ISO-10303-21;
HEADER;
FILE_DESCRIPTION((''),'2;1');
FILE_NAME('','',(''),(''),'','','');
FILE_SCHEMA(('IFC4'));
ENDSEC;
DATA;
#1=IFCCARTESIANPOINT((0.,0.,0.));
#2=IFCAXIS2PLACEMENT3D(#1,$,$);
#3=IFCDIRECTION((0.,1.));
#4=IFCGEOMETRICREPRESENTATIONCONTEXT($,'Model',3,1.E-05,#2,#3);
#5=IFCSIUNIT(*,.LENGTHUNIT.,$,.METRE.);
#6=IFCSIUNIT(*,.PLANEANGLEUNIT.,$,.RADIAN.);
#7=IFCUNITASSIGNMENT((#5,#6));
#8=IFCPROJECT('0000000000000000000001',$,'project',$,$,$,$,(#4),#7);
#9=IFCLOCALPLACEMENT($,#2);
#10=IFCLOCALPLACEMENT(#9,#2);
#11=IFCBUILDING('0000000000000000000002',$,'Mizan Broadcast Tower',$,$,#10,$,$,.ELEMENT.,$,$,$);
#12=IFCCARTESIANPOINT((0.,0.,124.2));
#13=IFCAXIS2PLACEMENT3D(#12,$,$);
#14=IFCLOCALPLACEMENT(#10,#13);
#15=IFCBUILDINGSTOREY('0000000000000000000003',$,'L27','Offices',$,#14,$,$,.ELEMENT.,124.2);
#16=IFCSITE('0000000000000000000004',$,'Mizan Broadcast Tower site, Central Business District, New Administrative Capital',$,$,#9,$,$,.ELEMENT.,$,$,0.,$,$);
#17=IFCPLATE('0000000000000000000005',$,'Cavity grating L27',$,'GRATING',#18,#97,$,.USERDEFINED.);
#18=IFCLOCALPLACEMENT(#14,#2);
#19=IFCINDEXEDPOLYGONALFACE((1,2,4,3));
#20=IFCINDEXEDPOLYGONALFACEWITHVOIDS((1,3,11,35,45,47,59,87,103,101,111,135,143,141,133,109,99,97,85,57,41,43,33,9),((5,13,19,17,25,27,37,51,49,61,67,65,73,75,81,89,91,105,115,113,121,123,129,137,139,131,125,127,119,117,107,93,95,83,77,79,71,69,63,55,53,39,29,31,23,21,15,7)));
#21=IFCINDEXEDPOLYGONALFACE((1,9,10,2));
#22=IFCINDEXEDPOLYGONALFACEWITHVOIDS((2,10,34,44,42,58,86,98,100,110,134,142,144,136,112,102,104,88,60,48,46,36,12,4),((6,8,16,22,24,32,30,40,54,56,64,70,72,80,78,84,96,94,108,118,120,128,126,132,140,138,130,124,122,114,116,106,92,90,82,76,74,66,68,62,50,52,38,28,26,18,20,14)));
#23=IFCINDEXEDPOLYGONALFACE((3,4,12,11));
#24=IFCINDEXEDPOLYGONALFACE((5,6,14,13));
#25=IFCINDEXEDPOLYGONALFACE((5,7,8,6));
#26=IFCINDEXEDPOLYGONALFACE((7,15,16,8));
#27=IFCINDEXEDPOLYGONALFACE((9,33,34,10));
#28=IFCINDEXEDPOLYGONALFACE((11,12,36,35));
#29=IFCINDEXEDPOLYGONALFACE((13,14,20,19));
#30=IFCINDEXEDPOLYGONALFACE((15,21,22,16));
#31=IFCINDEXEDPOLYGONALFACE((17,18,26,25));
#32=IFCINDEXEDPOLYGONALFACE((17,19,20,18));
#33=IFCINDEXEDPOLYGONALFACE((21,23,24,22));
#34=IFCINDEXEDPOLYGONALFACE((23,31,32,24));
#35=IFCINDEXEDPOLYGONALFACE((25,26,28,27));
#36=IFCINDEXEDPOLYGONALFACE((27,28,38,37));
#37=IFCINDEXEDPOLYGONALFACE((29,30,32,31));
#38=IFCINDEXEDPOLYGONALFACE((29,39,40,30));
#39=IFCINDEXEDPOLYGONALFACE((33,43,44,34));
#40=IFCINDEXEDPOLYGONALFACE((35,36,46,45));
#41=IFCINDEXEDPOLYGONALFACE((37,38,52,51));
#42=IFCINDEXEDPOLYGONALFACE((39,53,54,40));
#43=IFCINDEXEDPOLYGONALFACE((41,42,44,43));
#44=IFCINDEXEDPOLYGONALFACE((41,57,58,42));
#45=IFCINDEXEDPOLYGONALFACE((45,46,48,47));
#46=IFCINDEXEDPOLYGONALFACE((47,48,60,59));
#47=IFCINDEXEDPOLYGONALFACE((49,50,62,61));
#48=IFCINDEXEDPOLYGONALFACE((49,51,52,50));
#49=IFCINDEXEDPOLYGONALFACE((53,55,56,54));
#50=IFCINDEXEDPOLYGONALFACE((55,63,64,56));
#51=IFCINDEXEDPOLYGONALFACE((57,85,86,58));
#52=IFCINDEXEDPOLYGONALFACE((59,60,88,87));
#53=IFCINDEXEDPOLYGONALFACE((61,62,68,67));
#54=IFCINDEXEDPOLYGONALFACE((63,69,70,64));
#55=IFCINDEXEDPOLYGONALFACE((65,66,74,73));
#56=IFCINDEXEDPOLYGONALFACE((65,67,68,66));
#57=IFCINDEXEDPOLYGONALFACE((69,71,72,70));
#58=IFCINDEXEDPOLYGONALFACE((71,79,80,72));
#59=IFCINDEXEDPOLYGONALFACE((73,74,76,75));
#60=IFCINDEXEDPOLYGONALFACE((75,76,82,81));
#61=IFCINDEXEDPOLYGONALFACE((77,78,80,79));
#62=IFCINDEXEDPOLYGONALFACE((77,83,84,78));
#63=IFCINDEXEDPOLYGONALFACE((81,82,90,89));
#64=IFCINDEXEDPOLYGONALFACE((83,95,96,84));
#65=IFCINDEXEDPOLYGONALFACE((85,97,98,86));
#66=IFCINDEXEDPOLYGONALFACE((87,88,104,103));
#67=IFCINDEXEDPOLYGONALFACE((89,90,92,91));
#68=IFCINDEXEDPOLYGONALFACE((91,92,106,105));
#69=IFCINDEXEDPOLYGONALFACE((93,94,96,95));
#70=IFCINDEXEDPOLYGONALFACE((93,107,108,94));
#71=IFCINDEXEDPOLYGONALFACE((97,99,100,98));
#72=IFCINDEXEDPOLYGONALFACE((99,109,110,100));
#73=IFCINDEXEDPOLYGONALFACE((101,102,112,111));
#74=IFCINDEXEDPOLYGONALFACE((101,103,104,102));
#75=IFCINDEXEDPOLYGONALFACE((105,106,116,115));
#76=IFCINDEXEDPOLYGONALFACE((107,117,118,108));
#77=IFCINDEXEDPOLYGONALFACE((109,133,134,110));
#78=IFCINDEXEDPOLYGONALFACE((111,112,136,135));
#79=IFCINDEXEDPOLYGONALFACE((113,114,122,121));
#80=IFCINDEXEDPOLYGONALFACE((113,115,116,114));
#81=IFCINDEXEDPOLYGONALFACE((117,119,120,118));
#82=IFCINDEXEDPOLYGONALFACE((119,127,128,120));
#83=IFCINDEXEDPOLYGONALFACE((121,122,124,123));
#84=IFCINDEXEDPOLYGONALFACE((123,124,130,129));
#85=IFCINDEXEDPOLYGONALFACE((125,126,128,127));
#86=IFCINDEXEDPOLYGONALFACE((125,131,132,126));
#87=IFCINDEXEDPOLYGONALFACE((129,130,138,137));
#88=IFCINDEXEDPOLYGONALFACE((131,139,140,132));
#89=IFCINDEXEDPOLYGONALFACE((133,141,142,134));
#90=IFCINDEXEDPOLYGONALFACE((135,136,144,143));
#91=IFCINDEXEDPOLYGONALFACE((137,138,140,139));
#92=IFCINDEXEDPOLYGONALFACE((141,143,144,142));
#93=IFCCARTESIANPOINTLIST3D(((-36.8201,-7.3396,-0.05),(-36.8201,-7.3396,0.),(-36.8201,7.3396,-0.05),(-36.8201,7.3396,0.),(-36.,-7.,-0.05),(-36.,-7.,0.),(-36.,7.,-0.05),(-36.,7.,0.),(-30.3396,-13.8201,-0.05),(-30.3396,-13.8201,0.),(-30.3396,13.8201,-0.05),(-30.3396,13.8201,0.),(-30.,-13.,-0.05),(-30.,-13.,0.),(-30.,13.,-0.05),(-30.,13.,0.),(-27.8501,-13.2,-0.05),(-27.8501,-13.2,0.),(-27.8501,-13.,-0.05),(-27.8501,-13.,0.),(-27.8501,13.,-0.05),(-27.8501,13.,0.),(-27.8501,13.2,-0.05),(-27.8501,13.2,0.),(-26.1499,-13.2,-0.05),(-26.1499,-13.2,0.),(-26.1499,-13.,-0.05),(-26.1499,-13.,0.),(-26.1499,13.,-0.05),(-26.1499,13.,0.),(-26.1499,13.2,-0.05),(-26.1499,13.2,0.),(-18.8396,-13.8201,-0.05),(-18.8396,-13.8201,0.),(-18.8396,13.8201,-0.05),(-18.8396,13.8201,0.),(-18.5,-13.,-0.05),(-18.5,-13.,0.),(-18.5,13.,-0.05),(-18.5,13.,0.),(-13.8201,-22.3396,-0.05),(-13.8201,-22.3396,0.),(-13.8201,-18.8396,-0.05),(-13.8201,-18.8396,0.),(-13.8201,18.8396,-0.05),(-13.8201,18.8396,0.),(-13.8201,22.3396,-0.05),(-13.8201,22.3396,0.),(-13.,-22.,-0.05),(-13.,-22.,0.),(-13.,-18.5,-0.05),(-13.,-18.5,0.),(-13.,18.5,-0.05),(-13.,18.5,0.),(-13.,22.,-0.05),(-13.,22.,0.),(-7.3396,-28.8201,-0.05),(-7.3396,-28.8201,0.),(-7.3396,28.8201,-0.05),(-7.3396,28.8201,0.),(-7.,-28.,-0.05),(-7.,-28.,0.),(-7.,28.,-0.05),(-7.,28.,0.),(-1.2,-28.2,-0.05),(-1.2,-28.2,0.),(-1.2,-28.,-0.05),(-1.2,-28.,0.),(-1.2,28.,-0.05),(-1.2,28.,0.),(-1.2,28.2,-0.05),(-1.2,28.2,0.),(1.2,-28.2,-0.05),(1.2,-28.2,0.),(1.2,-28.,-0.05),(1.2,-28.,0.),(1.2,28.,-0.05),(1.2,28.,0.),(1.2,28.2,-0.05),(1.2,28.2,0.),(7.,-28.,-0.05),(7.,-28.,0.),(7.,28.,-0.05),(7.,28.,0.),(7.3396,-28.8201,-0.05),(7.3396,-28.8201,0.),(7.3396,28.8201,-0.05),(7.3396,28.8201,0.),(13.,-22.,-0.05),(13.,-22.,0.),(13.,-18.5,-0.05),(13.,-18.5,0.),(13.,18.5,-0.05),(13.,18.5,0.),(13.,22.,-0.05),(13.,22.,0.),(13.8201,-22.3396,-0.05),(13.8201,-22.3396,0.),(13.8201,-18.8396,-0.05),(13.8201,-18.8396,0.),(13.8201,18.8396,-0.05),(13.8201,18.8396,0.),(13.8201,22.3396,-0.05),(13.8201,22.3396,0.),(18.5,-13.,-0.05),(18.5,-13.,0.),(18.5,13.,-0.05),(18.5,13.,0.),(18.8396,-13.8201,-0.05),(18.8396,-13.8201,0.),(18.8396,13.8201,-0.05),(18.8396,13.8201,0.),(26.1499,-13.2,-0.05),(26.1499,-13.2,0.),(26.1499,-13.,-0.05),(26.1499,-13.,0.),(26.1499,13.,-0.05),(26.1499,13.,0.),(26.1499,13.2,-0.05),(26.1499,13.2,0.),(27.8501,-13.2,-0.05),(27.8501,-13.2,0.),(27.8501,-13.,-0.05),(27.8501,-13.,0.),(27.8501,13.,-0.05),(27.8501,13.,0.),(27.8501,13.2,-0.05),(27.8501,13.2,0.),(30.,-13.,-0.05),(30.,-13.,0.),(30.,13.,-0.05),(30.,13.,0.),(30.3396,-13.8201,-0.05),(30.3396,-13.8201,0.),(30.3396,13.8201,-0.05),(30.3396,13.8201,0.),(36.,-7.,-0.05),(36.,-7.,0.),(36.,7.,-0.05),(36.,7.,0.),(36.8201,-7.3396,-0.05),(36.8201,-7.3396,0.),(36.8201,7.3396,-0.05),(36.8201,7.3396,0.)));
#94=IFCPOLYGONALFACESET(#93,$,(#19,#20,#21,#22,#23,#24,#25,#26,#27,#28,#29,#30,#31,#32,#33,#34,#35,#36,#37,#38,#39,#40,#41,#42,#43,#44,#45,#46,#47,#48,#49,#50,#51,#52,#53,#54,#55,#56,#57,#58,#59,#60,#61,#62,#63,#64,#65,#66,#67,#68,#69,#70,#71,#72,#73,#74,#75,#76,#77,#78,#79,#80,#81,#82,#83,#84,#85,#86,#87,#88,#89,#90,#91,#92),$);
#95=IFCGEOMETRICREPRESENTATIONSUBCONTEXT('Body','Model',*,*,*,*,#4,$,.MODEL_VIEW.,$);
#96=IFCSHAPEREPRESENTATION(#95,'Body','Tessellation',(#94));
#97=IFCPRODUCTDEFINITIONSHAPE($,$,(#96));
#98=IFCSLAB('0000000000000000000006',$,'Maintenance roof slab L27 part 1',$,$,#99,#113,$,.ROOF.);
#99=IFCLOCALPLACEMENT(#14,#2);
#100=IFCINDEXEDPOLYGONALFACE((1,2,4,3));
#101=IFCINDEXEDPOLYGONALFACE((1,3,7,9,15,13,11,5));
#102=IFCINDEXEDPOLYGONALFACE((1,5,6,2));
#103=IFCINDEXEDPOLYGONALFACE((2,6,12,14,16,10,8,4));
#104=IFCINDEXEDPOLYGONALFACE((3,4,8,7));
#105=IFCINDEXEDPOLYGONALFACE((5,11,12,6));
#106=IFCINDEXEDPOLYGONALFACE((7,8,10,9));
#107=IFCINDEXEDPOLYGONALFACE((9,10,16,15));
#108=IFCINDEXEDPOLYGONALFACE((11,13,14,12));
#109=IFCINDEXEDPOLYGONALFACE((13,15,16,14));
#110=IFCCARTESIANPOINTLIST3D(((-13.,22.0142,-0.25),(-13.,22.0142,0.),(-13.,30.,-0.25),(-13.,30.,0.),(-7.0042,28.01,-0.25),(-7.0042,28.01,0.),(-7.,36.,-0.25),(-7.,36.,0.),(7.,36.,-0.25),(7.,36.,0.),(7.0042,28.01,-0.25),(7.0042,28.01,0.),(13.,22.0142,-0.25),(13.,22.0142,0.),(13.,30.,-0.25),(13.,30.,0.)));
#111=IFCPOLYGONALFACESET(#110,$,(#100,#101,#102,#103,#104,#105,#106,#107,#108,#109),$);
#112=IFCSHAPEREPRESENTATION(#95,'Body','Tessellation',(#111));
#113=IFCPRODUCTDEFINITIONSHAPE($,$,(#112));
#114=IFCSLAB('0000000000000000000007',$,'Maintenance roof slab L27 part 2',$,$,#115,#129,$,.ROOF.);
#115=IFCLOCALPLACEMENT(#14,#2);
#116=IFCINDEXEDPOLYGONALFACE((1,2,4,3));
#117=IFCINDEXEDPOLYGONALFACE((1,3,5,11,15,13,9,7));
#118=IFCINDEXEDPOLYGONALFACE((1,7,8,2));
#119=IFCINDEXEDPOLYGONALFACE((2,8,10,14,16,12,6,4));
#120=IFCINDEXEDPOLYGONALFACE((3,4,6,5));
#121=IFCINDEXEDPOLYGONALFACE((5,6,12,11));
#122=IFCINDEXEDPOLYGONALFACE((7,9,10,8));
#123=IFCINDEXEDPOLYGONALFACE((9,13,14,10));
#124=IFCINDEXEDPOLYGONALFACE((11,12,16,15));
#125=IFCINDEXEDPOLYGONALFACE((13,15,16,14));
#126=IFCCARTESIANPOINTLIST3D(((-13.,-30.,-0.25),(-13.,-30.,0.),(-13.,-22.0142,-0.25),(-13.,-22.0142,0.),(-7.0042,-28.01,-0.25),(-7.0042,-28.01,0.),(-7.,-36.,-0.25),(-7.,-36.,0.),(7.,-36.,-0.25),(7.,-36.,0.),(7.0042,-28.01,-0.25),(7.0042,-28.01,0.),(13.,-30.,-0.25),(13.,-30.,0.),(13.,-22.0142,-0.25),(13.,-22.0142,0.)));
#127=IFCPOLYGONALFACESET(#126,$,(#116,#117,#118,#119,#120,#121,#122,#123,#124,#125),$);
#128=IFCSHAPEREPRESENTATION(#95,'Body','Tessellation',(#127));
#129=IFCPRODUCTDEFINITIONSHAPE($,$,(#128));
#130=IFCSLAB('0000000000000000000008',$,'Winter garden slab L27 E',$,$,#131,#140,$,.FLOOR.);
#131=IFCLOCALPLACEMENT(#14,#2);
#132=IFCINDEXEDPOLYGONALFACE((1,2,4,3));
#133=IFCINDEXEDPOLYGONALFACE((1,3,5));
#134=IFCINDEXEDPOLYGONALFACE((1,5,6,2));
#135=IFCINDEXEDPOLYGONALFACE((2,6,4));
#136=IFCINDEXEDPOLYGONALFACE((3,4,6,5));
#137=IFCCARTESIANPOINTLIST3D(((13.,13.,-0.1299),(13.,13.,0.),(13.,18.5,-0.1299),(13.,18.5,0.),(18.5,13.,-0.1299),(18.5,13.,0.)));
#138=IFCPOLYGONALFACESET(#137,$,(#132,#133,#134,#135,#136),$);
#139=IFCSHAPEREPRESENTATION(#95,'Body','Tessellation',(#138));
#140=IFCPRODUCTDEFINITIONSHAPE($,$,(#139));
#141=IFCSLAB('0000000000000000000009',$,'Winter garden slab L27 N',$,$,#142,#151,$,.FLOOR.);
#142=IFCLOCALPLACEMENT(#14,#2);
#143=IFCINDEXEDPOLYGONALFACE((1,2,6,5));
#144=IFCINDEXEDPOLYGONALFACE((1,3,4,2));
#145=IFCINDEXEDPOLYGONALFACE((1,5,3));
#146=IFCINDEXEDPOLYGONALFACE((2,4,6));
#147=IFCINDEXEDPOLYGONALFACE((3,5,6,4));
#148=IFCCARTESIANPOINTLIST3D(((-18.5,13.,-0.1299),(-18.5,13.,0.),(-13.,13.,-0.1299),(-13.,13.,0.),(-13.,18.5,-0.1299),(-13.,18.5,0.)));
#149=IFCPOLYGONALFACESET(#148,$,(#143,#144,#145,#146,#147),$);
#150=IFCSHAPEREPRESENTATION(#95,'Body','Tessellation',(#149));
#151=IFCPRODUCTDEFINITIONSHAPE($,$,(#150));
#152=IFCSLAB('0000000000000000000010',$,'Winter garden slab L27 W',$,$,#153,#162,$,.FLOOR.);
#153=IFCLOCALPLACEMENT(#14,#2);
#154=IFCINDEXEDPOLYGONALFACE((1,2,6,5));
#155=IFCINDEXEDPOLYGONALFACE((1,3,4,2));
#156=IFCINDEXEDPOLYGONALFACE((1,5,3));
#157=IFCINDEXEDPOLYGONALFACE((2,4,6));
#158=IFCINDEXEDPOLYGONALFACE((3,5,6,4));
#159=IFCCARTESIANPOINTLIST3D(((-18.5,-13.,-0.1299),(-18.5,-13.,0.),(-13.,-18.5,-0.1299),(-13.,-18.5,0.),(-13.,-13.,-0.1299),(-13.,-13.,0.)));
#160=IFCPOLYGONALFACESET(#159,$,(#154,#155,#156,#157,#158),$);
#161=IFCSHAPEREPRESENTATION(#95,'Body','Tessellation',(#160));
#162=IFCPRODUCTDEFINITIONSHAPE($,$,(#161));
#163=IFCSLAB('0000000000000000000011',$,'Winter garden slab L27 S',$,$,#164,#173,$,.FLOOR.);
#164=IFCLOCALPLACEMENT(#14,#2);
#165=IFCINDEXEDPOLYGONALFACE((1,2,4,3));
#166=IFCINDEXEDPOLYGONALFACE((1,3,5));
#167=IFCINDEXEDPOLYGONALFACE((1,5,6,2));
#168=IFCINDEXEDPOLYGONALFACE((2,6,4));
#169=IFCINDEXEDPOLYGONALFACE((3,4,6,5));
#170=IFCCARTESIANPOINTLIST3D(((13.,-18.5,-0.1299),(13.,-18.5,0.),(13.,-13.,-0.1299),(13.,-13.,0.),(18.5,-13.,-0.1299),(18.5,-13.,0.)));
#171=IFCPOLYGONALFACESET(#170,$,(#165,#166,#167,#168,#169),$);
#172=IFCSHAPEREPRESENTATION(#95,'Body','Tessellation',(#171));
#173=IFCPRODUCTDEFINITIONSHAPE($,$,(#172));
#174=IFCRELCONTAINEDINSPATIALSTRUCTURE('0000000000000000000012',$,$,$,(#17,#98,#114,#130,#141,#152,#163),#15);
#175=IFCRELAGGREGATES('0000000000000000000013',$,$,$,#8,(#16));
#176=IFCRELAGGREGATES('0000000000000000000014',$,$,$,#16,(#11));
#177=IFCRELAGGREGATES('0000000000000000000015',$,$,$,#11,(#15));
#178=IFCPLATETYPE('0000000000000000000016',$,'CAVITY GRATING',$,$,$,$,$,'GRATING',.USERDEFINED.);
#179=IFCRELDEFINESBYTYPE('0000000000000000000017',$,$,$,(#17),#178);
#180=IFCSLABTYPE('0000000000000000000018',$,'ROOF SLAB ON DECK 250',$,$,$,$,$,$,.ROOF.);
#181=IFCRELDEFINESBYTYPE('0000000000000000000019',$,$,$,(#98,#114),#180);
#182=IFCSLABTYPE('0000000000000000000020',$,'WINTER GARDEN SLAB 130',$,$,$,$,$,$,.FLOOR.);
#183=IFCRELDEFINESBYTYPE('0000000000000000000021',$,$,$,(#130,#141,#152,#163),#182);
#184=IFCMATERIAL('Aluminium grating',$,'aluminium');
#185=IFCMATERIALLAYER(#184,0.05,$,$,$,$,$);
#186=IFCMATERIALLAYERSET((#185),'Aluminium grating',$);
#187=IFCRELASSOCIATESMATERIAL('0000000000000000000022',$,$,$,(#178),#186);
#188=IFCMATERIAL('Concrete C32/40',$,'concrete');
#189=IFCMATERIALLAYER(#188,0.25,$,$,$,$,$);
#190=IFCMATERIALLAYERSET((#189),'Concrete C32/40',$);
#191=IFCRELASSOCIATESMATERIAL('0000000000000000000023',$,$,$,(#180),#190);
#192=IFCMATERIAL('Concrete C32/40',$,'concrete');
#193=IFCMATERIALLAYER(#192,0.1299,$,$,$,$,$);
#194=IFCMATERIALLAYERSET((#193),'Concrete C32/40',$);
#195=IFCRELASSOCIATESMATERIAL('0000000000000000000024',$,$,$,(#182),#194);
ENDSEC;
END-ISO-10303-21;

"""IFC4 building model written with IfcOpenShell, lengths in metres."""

from ifc_helpers import new_model, si_unit, direction, frame, origin, place, context, subcontext, project, spatial, polyline, outline, extrude, material, layer, layer_set, type_object, element, save


model = new_model("IFC4")

# Units and contexts
model_context = context("Model", 3, precision=1e-05, world=origin(), true_north=direction((0.0, 1.0)))
body_context = subcontext(model_context, "Body", "Model", "MODEL_VIEW")
ifc_project = project(units=[si_unit("LENGTHUNIT", "METRE"), si_unit("PLANEANGLEUNIT", "RADIAN")], contexts=[model_context])

# Site, building, storey
site_placement = place(None, origin())
site = spatial("IfcSite", under=ifc_project, at=site_placement, Name="Mizan Broadcast Tower site, Central Business District, New Administrative Capital", CompositionType="ELEMENT", RefElevation=0.0)
building_placement = place(site_placement, origin())
building = spatial("IfcBuilding", under=site, at=building_placement, Name="Mizan Broadcast Tower", CompositionType="ELEMENT")
storey_placement = place(building_placement, frame((0.0, 0.0, 124.2)))
storey = spatial("IfcBuildingStorey", under=building, at=storey_placement, Name="L27", Description="Offices", CompositionType="ELEMENT", Elevation=124.2)

# Plate
ifc_material_1 = material(Name="Aluminium grating", Category="aluminium")
ifc_layer_1 = layer(ifc_material_1, 0.05)
ifc_layer_set_1 = layer_set([ifc_layer_1], Name="Aluminium grating")
plate_type = type_object("IfcPlateType", Name="CAVITY GRATING", ElementType="GRATING", PredefinedType="USERDEFINED", material=ifc_layer_set_1)
plate_placement = place(storey_placement, frame((0.0, 0.0, -0.05)))
element("IfcPlate", 1, at=plate_placement, inside=storey, type_object=plate_type, Name="Cavity grating L27", ObjectType="GRATING", PredefinedType="USERDEFINED", context=body_context, shape_type="SweptSolid", body=[
    extrude(outline(polyline([(13.8201, -18.8396), (18.8396, -13.8201), (30.3396, -13.8201), (36.8201, -7.3396), (36.8201, 7.3396), (30.3396, 13.8201), (18.8396, 13.8201), (13.8201, 18.8396), (13.8201, 22.3396), (7.3396, 28.8201), (-7.3396, 28.8201), (-13.8201, 22.3396), (-13.8201, 18.8396), (-18.8396, 13.8201), (-30.3396, 13.8201), (-36.8201, 7.3396), (-36.8201, -7.3396), (-30.3396, -13.8201), (-18.8396, -13.8201), (-13.8201, -18.8396), (-13.8201, -22.3396), (-7.3396, -28.8201), (7.3396, -28.8201), (13.8201, -22.3396), (13.8201, -18.8396)]), holes=[polyline([(36.0, 7.0), (36.0, -7.0), (30.0, -13.0), (27.8501, -13.0), (27.8501, -13.2), (26.1499, -13.2), (26.1499, -13.0), (18.5, -13.0), (13.0, -18.5), (13.0, -22.0), (7.0, -28.0), (1.2, -28.0), (1.2, -28.2), (-1.2, -28.2), (-1.2, -28.0), (-7.0, -28.0), (-13.0, -22.0), (-13.0, -18.5), (-18.5, -13.0), (-26.1499, -13.0), (-26.1499, -13.2), (-27.8501, -13.2), (-27.8501, -13.0), (-30.0, -13.0), (-36.0, -7.0), (-36.0, 7.0), (-30.0, 13.0), (-27.8501, 13.0), (-27.8501, 13.2), (-26.1499, 13.2), (-26.1499, 13.0), (-18.5, 13.0), (-13.0, 18.5), (-13.0, 22.0), (-7.0, 28.0), (-1.2, 28.0), (-1.2, 28.2), (1.2, 28.2), (1.2, 28.0), (7.0, 28.0), (13.0, 22.0), (13.0, 18.5), (18.5, 13.0), (26.1499, 13.0), (26.1499, 13.2), (27.8501, 13.2), (27.8501, 13.0), (30.0, 13.0), (36.0, 7.0)])]), origin(), (0.0, 0.0, 1.0), 0.05),
])

# Slabs
ifc_material_2 = material(Name="Concrete C32/40", Category="concrete")
ifc_layer_2 = layer(ifc_material_2, 0.25)
ifc_layer_set_2 = layer_set([ifc_layer_2], Name="Concrete C32/40")
slab_type_1 = type_object("IfcSlabType", Name="ROOF SLAB ON DECK 250", PredefinedType="ROOF", material=ifc_layer_set_2)
slab_1_placement = place(storey_placement, frame((0.0, 0.0, -0.25)))
element("IfcSlab", 2, at=slab_1_placement, inside=storey, type_object=slab_type_1, Name="Maintenance roof slab L27 part 1", PredefinedType="ROOF", context=body_context, shape_type="SweptSolid", body=[
    extrude(outline(polyline([(-13.0, 30.0), (-13.0, 22.0142), (-7.0042, 28.01), (7.0042, 28.01), (13.0, 22.0142), (13.0, 30.0), (7.0, 36.0), (-7.0, 36.0), (-13.0, 30.0)])), origin(), (0.0, 0.0, 1.0), 0.25),
])
slab_2_placement = place(storey_placement, frame((0.0, 0.0, -0.25)))
element("IfcSlab", 3, at=slab_2_placement, inside=storey, type_object=slab_type_1, Name="Maintenance roof slab L27 part 2", PredefinedType="ROOF", context=body_context, shape_type="SweptSolid", body=[
    extrude(outline(polyline([(13.0, -30.0), (13.0, -22.0142), (7.0042, -28.01), (-7.0042, -28.01), (-13.0, -22.0142), (-13.0, -30.0), (-7.0, -36.0), (7.0, -36.0), (13.0, -30.0)])), origin(), (0.0, 0.0, 1.0), 0.25),
])
ifc_material_3 = material(Name="Concrete C32/40", Category="concrete")
ifc_layer_3 = layer(ifc_material_3, 0.1299)
ifc_layer_set_3 = layer_set([ifc_layer_3], Name="Concrete C32/40")
slab_type_2 = type_object("IfcSlabType", Name="WINTER GARDEN SLAB 130", PredefinedType="FLOOR", material=ifc_layer_set_3)
slab_3_placement = place(storey_placement, frame((0.0, 0.0, -0.1299)))
element("IfcSlab", 4, at=slab_3_placement, inside=storey, type_object=slab_type_2, Name="Winter garden slab L27 E", PredefinedType="FLOOR", context=body_context, shape_type="SweptSolid", body=[
    extrude(outline(polyline([(13.0, 13.0), (18.5, 13.0), (13.0, 18.5), (13.0, 13.0)])), origin(), (0.0, 0.0, 1.0), 0.1299),
])
slab_4_placement = place(storey_placement, frame((0.0, 0.0, -0.1299)))
element("IfcSlab", 5, at=slab_4_placement, inside=storey, type_object=slab_type_2, Name="Winter garden slab L27 N", PredefinedType="FLOOR", context=body_context, shape_type="SweptSolid", body=[
    extrude(outline(polyline([(-13.0, 13.0), (-13.0, 18.5), (-18.5, 13.0), (-13.0, 13.0)])), origin(), (0.0, 0.0, 1.0), 0.1299),
])
slab_5_placement = place(storey_placement, frame((0.0, 0.0, -0.1299)))
element("IfcSlab", 6, at=slab_5_placement, inside=storey, type_object=slab_type_2, Name="Winter garden slab L27 W", PredefinedType="FLOOR", context=body_context, shape_type="SweptSolid", body=[
    extrude(outline(polyline([(-13.0, -13.0), (-18.5, -13.0), (-13.0, -18.5), (-13.0, -13.0)])), origin(), (0.0, 0.0, 1.0), 0.1299),
])
slab_6_placement = place(storey_placement, frame((0.0, 0.0, -0.1299)))
element("IfcSlab", 7, at=slab_6_placement, inside=storey, type_object=slab_type_2, Name="Winter garden slab L27 S", PredefinedType="FLOOR", context=body_context, shape_type="SweptSolid", body=[
    extrude(outline(polyline([(13.0, -13.0), (13.0, -18.5), (18.5, -13.0), (13.0, -13.0)])), origin(), (0.0, 0.0, 1.0), 0.1299),
])

save(model, "model.ifc")
